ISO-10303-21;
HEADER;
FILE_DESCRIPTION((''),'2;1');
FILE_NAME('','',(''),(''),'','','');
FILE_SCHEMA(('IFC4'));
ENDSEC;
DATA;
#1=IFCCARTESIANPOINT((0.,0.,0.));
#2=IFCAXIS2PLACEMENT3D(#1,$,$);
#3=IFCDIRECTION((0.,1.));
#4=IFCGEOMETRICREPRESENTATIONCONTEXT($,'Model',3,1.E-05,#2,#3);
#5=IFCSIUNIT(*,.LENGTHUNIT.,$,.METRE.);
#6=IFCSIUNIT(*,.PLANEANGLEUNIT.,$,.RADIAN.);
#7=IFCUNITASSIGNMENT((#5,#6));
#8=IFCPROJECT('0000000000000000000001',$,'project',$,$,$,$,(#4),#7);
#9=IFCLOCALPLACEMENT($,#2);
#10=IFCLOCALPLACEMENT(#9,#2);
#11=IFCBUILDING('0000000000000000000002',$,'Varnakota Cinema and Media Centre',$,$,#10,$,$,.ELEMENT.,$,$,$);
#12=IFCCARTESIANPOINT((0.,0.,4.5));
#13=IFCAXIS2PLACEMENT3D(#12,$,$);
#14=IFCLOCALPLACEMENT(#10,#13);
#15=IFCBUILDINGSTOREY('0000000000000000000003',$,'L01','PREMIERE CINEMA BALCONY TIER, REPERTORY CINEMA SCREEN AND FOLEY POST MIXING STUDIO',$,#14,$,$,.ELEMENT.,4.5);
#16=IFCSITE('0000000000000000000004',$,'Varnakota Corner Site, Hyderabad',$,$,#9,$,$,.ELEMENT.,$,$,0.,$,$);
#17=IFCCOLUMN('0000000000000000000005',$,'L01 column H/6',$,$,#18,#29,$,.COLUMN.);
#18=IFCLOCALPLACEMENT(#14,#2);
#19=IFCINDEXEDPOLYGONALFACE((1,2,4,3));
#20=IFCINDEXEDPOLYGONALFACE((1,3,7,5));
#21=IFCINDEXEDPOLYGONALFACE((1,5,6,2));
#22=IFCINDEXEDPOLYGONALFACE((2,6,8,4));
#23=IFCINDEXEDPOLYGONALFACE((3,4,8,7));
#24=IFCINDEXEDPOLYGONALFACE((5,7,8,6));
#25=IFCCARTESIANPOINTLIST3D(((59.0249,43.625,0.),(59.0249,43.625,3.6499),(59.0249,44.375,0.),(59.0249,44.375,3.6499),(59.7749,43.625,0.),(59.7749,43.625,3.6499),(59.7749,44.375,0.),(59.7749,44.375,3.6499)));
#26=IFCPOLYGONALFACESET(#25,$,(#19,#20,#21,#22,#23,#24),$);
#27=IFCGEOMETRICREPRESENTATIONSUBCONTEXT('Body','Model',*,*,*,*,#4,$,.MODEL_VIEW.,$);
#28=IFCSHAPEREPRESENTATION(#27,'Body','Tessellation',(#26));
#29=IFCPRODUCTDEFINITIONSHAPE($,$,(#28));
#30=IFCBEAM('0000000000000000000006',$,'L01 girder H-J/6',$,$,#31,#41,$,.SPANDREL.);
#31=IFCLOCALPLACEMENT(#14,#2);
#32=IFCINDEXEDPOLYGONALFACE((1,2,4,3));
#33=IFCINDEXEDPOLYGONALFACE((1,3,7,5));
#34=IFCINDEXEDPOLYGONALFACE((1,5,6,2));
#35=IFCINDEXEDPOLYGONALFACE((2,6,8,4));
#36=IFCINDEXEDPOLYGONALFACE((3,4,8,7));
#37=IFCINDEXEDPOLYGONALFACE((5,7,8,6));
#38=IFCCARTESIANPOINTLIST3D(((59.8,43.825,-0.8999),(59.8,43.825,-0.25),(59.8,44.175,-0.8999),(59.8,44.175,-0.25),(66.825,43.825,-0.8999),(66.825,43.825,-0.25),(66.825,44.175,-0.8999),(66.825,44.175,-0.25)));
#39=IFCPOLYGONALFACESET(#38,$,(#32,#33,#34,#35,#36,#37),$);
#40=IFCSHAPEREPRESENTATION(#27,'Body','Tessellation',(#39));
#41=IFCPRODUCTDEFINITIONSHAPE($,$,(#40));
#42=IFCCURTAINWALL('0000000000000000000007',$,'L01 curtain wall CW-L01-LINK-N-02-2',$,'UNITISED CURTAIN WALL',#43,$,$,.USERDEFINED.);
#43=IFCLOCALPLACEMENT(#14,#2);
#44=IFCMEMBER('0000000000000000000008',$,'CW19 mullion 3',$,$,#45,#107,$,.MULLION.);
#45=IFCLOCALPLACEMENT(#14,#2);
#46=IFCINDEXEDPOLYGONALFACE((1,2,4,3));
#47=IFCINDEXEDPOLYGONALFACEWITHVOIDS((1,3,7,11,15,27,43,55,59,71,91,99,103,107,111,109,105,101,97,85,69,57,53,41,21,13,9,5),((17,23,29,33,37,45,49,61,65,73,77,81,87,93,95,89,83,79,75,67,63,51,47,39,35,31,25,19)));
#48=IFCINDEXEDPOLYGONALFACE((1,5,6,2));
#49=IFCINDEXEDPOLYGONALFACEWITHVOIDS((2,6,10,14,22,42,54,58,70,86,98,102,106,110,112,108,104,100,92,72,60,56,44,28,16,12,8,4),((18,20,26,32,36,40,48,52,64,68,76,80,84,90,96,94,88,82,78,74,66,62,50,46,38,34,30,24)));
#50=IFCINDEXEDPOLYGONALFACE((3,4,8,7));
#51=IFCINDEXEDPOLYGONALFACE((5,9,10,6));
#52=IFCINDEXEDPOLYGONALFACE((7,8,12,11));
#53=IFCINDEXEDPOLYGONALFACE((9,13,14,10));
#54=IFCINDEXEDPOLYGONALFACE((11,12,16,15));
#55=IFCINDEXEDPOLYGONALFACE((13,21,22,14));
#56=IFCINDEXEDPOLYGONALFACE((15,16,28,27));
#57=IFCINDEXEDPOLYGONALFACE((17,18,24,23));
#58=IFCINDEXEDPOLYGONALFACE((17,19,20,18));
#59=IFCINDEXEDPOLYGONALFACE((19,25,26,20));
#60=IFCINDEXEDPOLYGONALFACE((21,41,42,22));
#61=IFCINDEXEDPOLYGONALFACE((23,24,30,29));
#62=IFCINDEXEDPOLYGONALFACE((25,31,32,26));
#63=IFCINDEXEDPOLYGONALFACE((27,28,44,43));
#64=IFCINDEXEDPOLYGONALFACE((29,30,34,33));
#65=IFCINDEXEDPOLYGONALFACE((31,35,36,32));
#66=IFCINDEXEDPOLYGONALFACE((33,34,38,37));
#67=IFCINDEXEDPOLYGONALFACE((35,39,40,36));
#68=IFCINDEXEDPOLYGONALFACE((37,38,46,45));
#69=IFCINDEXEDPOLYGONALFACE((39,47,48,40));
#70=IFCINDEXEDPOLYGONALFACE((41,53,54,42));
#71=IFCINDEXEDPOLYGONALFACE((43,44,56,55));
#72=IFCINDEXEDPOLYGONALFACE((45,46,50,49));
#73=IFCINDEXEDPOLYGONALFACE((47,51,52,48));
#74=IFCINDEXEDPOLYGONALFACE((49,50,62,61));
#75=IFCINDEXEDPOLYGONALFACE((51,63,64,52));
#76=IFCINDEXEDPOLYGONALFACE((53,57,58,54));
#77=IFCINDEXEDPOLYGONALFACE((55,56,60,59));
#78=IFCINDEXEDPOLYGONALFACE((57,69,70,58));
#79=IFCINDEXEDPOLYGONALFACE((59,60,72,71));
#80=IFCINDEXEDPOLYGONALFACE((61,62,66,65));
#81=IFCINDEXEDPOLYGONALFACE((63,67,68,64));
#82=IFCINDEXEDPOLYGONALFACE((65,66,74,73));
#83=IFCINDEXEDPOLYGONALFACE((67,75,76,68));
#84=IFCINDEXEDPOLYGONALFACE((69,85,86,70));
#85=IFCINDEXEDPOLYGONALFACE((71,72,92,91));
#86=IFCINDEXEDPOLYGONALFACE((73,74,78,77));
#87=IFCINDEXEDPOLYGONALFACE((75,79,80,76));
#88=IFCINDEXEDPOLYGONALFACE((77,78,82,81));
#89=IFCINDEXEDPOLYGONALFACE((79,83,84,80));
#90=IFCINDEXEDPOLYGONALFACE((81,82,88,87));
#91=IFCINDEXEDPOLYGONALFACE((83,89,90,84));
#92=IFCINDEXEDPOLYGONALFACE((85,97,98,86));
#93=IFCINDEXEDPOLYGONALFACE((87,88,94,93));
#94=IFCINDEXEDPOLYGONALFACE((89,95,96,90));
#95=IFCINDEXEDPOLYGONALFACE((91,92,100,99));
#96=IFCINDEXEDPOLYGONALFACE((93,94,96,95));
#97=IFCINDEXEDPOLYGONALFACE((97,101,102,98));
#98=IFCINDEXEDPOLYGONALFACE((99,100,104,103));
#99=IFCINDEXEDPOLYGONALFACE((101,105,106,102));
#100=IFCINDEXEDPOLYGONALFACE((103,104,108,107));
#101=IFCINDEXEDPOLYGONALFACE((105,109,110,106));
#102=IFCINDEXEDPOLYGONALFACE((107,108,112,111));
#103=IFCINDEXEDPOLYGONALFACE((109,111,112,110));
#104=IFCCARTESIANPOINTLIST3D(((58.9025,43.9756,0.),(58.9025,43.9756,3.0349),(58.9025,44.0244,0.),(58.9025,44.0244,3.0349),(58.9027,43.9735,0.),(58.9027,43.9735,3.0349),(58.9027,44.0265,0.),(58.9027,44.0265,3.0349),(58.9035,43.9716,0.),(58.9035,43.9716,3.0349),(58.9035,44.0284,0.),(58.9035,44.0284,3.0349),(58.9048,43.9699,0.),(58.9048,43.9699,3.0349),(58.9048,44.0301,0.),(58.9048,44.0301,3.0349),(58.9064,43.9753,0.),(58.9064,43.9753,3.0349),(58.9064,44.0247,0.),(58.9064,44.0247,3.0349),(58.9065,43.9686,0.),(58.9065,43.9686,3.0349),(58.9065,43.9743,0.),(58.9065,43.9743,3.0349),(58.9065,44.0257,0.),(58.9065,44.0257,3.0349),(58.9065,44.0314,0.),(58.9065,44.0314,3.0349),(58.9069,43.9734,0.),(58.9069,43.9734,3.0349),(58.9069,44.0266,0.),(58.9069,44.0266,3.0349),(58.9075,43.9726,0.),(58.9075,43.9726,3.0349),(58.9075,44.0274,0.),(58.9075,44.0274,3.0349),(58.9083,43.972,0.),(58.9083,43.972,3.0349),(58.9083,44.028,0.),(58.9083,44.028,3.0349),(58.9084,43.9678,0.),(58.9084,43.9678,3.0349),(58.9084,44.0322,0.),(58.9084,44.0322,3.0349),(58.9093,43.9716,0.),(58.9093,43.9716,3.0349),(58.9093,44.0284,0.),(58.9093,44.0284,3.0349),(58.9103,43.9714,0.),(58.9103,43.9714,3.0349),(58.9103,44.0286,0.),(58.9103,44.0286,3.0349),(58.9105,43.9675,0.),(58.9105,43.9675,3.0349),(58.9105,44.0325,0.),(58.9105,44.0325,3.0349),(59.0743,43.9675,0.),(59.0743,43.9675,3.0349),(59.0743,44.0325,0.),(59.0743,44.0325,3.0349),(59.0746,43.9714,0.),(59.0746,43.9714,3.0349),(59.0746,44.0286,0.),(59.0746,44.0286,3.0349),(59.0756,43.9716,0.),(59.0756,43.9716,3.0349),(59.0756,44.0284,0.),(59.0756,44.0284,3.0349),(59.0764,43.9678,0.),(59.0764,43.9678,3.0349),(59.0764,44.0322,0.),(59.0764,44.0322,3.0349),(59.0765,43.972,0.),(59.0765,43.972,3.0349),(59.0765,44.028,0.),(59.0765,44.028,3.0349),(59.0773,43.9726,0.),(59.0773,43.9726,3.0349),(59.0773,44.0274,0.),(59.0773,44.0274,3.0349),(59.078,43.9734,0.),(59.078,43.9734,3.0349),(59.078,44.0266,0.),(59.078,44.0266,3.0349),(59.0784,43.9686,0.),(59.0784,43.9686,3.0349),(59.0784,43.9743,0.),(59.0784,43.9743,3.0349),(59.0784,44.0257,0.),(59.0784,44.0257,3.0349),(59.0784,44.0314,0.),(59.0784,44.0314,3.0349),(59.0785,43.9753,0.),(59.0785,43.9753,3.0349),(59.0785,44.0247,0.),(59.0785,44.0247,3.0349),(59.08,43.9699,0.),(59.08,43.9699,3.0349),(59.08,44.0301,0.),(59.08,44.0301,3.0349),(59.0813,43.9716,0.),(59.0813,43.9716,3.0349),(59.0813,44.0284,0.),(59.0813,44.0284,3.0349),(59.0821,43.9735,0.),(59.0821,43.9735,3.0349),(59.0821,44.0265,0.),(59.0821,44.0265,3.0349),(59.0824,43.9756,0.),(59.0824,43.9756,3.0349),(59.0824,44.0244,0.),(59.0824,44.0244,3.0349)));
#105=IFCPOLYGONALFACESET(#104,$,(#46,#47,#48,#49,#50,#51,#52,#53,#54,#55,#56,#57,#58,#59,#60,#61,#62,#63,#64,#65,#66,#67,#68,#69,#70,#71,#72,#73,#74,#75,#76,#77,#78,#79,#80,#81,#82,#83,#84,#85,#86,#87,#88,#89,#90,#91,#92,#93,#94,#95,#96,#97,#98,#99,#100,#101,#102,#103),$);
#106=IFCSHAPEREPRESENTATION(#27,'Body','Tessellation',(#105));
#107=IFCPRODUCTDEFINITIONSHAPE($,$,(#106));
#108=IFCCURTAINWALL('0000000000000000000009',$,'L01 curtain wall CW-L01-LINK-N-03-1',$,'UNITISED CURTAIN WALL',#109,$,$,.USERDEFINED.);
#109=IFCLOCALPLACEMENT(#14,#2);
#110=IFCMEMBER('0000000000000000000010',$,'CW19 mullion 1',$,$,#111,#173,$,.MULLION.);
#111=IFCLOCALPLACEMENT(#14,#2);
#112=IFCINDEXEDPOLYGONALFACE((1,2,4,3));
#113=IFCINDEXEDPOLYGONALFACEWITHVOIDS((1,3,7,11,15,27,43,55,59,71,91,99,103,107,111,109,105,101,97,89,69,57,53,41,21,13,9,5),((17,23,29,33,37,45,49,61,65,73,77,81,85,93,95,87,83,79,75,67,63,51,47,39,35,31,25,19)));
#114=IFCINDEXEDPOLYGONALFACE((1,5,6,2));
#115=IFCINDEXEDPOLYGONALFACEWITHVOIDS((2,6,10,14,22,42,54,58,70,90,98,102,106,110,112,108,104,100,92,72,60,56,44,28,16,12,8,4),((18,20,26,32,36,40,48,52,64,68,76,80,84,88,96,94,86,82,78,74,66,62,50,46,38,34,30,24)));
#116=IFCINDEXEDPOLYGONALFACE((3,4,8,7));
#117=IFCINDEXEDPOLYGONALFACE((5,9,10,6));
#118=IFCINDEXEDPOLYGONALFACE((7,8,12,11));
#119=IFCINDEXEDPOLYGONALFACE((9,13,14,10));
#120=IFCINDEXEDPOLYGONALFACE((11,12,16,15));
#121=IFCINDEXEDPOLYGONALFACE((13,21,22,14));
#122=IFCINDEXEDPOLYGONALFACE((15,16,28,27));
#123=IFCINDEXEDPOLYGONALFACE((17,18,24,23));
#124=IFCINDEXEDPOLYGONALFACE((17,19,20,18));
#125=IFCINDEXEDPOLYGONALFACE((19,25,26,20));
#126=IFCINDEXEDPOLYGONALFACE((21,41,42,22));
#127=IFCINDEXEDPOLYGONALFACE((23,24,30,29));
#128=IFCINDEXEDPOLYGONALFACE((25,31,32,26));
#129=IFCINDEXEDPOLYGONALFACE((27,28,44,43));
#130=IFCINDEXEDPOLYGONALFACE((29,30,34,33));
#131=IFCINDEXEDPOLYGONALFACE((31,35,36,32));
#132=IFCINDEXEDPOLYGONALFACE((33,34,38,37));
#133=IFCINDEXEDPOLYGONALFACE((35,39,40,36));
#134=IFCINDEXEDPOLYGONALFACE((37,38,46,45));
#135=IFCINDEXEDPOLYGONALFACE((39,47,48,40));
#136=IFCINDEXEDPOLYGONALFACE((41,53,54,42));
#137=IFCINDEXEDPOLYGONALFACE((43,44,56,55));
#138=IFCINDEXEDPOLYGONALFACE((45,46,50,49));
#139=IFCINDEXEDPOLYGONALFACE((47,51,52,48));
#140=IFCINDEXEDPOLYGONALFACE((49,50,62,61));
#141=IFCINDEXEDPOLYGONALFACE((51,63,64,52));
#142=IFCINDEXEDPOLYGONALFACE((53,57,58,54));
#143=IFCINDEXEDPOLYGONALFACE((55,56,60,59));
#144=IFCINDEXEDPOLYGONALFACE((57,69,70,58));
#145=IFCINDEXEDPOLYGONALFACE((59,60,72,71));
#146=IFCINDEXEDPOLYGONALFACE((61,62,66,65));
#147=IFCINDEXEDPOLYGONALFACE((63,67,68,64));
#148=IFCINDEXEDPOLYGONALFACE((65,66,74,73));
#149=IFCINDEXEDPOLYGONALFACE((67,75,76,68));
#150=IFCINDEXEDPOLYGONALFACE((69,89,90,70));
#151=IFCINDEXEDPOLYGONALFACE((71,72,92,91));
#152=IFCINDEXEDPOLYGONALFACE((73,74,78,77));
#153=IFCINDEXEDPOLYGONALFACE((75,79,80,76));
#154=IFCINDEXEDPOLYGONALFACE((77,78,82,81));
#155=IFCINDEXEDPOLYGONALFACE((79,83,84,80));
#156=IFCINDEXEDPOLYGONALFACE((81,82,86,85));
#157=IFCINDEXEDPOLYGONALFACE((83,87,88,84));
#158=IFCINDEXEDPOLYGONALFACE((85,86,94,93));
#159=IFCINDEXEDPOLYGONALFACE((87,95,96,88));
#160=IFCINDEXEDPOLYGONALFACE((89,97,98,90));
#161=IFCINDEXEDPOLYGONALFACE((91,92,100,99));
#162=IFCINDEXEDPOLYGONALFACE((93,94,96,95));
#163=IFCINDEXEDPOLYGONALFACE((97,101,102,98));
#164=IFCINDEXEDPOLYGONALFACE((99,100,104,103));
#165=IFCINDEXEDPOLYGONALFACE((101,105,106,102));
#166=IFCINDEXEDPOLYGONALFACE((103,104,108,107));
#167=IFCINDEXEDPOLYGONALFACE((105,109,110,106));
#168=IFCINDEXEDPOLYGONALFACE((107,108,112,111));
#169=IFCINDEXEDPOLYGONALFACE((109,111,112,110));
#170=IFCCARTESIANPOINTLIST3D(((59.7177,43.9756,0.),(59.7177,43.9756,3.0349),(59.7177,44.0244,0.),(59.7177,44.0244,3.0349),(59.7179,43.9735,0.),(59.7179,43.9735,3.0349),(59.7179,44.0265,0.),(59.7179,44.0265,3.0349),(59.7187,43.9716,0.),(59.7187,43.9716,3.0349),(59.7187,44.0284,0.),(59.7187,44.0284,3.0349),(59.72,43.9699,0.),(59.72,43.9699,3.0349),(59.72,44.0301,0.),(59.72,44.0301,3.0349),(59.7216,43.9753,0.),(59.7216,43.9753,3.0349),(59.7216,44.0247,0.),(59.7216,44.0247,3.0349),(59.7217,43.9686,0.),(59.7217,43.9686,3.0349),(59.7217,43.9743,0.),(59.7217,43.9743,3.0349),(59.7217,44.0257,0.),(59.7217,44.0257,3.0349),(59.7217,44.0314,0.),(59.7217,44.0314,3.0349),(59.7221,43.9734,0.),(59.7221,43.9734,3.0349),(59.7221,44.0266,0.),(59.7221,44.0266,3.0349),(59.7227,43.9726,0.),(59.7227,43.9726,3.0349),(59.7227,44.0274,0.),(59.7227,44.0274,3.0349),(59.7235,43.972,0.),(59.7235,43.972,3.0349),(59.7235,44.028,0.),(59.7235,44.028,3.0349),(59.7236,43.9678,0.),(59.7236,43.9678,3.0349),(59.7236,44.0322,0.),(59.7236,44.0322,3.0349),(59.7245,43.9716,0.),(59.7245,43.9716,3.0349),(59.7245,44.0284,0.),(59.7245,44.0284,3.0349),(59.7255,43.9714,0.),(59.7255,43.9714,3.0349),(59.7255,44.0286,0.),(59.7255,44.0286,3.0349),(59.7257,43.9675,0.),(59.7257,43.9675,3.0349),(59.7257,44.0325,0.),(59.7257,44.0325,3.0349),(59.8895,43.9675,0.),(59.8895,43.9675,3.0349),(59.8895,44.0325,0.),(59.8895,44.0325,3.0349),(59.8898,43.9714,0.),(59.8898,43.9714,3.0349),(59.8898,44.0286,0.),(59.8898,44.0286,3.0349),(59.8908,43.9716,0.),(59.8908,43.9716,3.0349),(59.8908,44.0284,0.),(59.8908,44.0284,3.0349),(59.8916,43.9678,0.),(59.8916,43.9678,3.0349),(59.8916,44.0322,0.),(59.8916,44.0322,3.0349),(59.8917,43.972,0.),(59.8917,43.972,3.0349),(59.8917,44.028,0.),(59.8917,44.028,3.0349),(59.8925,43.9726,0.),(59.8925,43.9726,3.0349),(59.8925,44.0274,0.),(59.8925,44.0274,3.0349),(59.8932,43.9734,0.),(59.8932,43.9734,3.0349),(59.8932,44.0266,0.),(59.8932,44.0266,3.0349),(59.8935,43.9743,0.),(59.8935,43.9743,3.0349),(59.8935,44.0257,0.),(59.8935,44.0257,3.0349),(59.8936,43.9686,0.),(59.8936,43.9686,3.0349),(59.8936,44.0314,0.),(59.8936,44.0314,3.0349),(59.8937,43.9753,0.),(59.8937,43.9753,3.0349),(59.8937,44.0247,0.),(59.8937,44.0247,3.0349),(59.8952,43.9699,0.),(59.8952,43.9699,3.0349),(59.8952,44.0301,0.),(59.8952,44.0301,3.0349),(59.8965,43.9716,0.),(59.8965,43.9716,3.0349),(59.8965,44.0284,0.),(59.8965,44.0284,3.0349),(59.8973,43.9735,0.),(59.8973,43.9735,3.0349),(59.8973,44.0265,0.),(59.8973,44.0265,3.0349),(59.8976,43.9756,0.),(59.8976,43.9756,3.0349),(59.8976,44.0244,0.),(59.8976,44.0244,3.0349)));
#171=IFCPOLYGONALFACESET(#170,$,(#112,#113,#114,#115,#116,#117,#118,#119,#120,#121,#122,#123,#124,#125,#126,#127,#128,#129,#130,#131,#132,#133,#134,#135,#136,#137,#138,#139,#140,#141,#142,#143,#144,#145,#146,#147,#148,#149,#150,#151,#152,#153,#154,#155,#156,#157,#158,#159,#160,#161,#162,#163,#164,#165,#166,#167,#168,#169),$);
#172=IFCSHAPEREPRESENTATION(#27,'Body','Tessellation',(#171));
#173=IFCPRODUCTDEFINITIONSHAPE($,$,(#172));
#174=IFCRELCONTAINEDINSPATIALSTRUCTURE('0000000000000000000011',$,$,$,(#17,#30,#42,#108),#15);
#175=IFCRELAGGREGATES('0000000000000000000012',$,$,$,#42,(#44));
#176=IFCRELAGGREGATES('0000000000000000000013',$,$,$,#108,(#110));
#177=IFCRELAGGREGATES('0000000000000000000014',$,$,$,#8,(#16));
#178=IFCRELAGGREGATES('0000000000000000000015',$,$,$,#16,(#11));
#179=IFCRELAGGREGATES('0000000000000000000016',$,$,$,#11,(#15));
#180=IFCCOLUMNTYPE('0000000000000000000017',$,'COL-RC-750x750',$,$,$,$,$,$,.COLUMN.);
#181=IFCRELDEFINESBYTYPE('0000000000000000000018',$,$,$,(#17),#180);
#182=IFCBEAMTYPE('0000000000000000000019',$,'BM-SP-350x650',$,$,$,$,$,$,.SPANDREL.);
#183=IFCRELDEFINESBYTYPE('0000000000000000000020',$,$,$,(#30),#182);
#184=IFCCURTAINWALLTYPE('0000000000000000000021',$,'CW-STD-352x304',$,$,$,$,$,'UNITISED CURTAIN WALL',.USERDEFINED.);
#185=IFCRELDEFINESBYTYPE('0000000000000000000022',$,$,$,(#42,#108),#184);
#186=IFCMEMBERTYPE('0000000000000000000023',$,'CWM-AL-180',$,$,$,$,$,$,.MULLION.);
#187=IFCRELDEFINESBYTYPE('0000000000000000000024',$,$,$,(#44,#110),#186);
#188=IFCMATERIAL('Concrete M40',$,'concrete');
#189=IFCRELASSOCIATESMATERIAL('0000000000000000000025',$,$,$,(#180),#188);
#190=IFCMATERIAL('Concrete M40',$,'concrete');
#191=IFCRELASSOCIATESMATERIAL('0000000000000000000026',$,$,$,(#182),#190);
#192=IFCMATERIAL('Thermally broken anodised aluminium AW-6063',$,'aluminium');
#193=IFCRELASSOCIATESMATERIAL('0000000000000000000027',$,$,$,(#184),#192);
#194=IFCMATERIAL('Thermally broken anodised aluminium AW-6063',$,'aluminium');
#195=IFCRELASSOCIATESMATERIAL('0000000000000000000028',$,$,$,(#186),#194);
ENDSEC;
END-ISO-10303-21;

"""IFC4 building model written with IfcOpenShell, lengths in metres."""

from ifc_helpers import new_model, si_unit, direction, frame, origin, origin_2d, place, context, subcontext, project, spatial, rectangle, hollow_rectangle, extrude, material, material_profile, profile_set, type_object, element, aggregate, save


model = new_model("IFC4")

# Units and contexts
model_context = context("Model", 3, precision=1e-05, world=origin(), true_north=direction((0.0, 1.0)))
body_context = subcontext(model_context, "Body", "Model", "MODEL_VIEW")
ifc_project = project(units=[si_unit("LENGTHUNIT", "METRE"), si_unit("PLANEANGLEUNIT", "RADIAN")], contexts=[model_context])

# Site, building, storey
site_placement = place(None, origin())
site = spatial("IfcSite", under=ifc_project, at=site_placement, Name="Varnakota Corner Site, Hyderabad", CompositionType="ELEMENT", RefElevation=0.0)
building_placement = place(site_placement, origin())
building = spatial("IfcBuilding", under=site, at=building_placement, Name="Varnakota Cinema and Media Centre", CompositionType="ELEMENT")
storey_placement = place(building_placement, frame((0.0, 0.0, 4.5)))
storey = spatial("IfcBuildingStorey", under=building, at=storey_placement, Name="L01", Description="PREMIERE CINEMA BALCONY TIER, REPERTORY CINEMA SCREEN AND FOLEY POST MIXING STUDIO", CompositionType="ELEMENT", Elevation=4.5)

# Column
ifc_material_1 = material(Name="Concrete M40", Category="concrete")
ifc_material_profile_1 = material_profile(ifc_material_1, rectangle(XDim=0.75, YDim=0.75, at=origin_2d()), Name="RC 750x750")
ifc_profile_set_1 = profile_set([ifc_material_profile_1], Name="Concrete M40")
column_type = type_object("IfcColumnType", Name="COL-RC-750x750", PredefinedType="COLUMN", material=ifc_profile_set_1)
column_placement = place(storey_placement, frame((59.3999, 44.0, 0.0), z_axis=(0.0, 0.0, 1.0), x_axis=(1.0, 0.0, 0.0)))
element("IfcColumn", 1, at=column_placement, inside=storey, type_object=column_type, Name="L01 column H/6", PredefinedType="COLUMN", context=body_context, shape_type="SweptSolid", body=[
    extrude(rectangle(XDim=0.75, YDim=0.75, at=origin_2d()), origin(), (0.0, 0.0, 1.0), 3.6499),
])

# Beam
ifc_material_2 = material(Name="Concrete M40", Category="concrete")
ifc_material_profile_2 = material_profile(ifc_material_2, rectangle(XDim=0.3501, YDim=0.6499, at=origin_2d()), Name="RCB 350x650")
ifc_profile_set_2 = profile_set([ifc_material_profile_2], Name="Concrete M40")
beam_type = type_object("IfcBeamType", Name="BM-SP-350x650", PredefinedType="SPANDREL", material=ifc_profile_set_2)
beam_placement = place(storey_placement, frame((59.8, 44.0, -0.575), z_axis=(1.0, 0.0, 0.0), x_axis=(0.0, 1.0, 0.0)))
element("IfcBeam", 2, at=beam_placement, inside=storey, type_object=beam_type, Name="L01 girder H-J/6", PredefinedType="SPANDREL", context=body_context, shape_type="SweptSolid", body=[
    extrude(rectangle(XDim=0.3501, YDim=0.6499, at=origin_2d()), origin(), (0.0, 0.0, 1.0), 7.0249),
])

# Curtain wall, member
ifc_material_3 = material(Name="Thermally broken anodised aluminium AW-6063", Category="aluminium")
curtain_wall_type = type_object("IfcCurtainWallType", Name="CW-STD-352x304", ElementType="UNITISED CURTAIN WALL", PredefinedType="USERDEFINED", material=ifc_material_3)
curtain_wall_1_placement = place(storey_placement, origin())
curtain_wall_1 = element("IfcCurtainWall", 3, at=curtain_wall_1_placement, inside=storey, type_object=curtain_wall_type, Name="L01 curtain wall CW-L01-LINK-N-02-2", ObjectType="UNITISED CURTAIN WALL", PredefinedType="USERDEFINED")
ifc_material_4 = material(Name="Thermally broken anodised aluminium AW-6063", Category="aluminium")
ifc_material_profile_3 = material_profile(ifc_material_4, hollow_rectangle(XDim=0.0649, YDim=0.1799, WallThickness=0.0039, InnerFilletRadius=0.0039, OuterFilletRadius=0.0081, at=origin_2d()), Name="AL-MULLION 180x65x4")
ifc_profile_set_3 = profile_set([ifc_material_profile_3], Name="Thermally broken anodised aluminium AW-6063")
member_type_1 = type_object("IfcMemberType", Name="CWM-AL-180", PredefinedType="MULLION", material=ifc_profile_set_3)
member_1_placement = place(storey_placement, frame((58.9924, 44.0, 0.0), z_axis=(0.0, 0.0, 1.0), x_axis=(0.0, 1.0, 0.0)))
member_1 = element("IfcMember", 4, at=member_1_placement, type_object=member_type_1, Name="CW19 mullion 3", PredefinedType="MULLION", context=body_context, shape_type="SweptSolid", body=[
    extrude(hollow_rectangle(XDim=0.0649, YDim=0.1799, WallThickness=0.0039, InnerFilletRadius=0.0039, OuterFilletRadius=0.0081, at=origin_2d()), origin(), (0.0, 0.0, 1.0), 3.0349),
])

# Curtain wall, member
curtain_wall_2_placement = place(storey_placement, origin())
curtain_wall_2 = element("IfcCurtainWall", 5, at=curtain_wall_2_placement, inside=storey, type_object=curtain_wall_type, Name="L01 curtain wall CW-L01-LINK-N-03-1", ObjectType="UNITISED CURTAIN WALL", PredefinedType="USERDEFINED")
member_2_placement = place(storey_placement, frame((59.8076, 44.0, 0.0), z_axis=(0.0, 0.0, 1.0), x_axis=(0.0, 1.0, 0.0)))
member_2 = element("IfcMember", 6, at=member_2_placement, type_object=member_type_1, Name="CW19 mullion 1", PredefinedType="MULLION", context=body_context, shape_type="SweptSolid", body=[
    extrude(hollow_rectangle(XDim=0.0649, YDim=0.1799, WallThickness=0.0039, InnerFilletRadius=0.0039, OuterFilletRadius=0.0081, at=origin_2d()), origin(), (0.0, 0.0, 1.0), 3.0349),
])

aggregate(curtain_wall_1, [member_1])
aggregate(curtain_wall_2, [member_2])

save(model, "model.ifc")
